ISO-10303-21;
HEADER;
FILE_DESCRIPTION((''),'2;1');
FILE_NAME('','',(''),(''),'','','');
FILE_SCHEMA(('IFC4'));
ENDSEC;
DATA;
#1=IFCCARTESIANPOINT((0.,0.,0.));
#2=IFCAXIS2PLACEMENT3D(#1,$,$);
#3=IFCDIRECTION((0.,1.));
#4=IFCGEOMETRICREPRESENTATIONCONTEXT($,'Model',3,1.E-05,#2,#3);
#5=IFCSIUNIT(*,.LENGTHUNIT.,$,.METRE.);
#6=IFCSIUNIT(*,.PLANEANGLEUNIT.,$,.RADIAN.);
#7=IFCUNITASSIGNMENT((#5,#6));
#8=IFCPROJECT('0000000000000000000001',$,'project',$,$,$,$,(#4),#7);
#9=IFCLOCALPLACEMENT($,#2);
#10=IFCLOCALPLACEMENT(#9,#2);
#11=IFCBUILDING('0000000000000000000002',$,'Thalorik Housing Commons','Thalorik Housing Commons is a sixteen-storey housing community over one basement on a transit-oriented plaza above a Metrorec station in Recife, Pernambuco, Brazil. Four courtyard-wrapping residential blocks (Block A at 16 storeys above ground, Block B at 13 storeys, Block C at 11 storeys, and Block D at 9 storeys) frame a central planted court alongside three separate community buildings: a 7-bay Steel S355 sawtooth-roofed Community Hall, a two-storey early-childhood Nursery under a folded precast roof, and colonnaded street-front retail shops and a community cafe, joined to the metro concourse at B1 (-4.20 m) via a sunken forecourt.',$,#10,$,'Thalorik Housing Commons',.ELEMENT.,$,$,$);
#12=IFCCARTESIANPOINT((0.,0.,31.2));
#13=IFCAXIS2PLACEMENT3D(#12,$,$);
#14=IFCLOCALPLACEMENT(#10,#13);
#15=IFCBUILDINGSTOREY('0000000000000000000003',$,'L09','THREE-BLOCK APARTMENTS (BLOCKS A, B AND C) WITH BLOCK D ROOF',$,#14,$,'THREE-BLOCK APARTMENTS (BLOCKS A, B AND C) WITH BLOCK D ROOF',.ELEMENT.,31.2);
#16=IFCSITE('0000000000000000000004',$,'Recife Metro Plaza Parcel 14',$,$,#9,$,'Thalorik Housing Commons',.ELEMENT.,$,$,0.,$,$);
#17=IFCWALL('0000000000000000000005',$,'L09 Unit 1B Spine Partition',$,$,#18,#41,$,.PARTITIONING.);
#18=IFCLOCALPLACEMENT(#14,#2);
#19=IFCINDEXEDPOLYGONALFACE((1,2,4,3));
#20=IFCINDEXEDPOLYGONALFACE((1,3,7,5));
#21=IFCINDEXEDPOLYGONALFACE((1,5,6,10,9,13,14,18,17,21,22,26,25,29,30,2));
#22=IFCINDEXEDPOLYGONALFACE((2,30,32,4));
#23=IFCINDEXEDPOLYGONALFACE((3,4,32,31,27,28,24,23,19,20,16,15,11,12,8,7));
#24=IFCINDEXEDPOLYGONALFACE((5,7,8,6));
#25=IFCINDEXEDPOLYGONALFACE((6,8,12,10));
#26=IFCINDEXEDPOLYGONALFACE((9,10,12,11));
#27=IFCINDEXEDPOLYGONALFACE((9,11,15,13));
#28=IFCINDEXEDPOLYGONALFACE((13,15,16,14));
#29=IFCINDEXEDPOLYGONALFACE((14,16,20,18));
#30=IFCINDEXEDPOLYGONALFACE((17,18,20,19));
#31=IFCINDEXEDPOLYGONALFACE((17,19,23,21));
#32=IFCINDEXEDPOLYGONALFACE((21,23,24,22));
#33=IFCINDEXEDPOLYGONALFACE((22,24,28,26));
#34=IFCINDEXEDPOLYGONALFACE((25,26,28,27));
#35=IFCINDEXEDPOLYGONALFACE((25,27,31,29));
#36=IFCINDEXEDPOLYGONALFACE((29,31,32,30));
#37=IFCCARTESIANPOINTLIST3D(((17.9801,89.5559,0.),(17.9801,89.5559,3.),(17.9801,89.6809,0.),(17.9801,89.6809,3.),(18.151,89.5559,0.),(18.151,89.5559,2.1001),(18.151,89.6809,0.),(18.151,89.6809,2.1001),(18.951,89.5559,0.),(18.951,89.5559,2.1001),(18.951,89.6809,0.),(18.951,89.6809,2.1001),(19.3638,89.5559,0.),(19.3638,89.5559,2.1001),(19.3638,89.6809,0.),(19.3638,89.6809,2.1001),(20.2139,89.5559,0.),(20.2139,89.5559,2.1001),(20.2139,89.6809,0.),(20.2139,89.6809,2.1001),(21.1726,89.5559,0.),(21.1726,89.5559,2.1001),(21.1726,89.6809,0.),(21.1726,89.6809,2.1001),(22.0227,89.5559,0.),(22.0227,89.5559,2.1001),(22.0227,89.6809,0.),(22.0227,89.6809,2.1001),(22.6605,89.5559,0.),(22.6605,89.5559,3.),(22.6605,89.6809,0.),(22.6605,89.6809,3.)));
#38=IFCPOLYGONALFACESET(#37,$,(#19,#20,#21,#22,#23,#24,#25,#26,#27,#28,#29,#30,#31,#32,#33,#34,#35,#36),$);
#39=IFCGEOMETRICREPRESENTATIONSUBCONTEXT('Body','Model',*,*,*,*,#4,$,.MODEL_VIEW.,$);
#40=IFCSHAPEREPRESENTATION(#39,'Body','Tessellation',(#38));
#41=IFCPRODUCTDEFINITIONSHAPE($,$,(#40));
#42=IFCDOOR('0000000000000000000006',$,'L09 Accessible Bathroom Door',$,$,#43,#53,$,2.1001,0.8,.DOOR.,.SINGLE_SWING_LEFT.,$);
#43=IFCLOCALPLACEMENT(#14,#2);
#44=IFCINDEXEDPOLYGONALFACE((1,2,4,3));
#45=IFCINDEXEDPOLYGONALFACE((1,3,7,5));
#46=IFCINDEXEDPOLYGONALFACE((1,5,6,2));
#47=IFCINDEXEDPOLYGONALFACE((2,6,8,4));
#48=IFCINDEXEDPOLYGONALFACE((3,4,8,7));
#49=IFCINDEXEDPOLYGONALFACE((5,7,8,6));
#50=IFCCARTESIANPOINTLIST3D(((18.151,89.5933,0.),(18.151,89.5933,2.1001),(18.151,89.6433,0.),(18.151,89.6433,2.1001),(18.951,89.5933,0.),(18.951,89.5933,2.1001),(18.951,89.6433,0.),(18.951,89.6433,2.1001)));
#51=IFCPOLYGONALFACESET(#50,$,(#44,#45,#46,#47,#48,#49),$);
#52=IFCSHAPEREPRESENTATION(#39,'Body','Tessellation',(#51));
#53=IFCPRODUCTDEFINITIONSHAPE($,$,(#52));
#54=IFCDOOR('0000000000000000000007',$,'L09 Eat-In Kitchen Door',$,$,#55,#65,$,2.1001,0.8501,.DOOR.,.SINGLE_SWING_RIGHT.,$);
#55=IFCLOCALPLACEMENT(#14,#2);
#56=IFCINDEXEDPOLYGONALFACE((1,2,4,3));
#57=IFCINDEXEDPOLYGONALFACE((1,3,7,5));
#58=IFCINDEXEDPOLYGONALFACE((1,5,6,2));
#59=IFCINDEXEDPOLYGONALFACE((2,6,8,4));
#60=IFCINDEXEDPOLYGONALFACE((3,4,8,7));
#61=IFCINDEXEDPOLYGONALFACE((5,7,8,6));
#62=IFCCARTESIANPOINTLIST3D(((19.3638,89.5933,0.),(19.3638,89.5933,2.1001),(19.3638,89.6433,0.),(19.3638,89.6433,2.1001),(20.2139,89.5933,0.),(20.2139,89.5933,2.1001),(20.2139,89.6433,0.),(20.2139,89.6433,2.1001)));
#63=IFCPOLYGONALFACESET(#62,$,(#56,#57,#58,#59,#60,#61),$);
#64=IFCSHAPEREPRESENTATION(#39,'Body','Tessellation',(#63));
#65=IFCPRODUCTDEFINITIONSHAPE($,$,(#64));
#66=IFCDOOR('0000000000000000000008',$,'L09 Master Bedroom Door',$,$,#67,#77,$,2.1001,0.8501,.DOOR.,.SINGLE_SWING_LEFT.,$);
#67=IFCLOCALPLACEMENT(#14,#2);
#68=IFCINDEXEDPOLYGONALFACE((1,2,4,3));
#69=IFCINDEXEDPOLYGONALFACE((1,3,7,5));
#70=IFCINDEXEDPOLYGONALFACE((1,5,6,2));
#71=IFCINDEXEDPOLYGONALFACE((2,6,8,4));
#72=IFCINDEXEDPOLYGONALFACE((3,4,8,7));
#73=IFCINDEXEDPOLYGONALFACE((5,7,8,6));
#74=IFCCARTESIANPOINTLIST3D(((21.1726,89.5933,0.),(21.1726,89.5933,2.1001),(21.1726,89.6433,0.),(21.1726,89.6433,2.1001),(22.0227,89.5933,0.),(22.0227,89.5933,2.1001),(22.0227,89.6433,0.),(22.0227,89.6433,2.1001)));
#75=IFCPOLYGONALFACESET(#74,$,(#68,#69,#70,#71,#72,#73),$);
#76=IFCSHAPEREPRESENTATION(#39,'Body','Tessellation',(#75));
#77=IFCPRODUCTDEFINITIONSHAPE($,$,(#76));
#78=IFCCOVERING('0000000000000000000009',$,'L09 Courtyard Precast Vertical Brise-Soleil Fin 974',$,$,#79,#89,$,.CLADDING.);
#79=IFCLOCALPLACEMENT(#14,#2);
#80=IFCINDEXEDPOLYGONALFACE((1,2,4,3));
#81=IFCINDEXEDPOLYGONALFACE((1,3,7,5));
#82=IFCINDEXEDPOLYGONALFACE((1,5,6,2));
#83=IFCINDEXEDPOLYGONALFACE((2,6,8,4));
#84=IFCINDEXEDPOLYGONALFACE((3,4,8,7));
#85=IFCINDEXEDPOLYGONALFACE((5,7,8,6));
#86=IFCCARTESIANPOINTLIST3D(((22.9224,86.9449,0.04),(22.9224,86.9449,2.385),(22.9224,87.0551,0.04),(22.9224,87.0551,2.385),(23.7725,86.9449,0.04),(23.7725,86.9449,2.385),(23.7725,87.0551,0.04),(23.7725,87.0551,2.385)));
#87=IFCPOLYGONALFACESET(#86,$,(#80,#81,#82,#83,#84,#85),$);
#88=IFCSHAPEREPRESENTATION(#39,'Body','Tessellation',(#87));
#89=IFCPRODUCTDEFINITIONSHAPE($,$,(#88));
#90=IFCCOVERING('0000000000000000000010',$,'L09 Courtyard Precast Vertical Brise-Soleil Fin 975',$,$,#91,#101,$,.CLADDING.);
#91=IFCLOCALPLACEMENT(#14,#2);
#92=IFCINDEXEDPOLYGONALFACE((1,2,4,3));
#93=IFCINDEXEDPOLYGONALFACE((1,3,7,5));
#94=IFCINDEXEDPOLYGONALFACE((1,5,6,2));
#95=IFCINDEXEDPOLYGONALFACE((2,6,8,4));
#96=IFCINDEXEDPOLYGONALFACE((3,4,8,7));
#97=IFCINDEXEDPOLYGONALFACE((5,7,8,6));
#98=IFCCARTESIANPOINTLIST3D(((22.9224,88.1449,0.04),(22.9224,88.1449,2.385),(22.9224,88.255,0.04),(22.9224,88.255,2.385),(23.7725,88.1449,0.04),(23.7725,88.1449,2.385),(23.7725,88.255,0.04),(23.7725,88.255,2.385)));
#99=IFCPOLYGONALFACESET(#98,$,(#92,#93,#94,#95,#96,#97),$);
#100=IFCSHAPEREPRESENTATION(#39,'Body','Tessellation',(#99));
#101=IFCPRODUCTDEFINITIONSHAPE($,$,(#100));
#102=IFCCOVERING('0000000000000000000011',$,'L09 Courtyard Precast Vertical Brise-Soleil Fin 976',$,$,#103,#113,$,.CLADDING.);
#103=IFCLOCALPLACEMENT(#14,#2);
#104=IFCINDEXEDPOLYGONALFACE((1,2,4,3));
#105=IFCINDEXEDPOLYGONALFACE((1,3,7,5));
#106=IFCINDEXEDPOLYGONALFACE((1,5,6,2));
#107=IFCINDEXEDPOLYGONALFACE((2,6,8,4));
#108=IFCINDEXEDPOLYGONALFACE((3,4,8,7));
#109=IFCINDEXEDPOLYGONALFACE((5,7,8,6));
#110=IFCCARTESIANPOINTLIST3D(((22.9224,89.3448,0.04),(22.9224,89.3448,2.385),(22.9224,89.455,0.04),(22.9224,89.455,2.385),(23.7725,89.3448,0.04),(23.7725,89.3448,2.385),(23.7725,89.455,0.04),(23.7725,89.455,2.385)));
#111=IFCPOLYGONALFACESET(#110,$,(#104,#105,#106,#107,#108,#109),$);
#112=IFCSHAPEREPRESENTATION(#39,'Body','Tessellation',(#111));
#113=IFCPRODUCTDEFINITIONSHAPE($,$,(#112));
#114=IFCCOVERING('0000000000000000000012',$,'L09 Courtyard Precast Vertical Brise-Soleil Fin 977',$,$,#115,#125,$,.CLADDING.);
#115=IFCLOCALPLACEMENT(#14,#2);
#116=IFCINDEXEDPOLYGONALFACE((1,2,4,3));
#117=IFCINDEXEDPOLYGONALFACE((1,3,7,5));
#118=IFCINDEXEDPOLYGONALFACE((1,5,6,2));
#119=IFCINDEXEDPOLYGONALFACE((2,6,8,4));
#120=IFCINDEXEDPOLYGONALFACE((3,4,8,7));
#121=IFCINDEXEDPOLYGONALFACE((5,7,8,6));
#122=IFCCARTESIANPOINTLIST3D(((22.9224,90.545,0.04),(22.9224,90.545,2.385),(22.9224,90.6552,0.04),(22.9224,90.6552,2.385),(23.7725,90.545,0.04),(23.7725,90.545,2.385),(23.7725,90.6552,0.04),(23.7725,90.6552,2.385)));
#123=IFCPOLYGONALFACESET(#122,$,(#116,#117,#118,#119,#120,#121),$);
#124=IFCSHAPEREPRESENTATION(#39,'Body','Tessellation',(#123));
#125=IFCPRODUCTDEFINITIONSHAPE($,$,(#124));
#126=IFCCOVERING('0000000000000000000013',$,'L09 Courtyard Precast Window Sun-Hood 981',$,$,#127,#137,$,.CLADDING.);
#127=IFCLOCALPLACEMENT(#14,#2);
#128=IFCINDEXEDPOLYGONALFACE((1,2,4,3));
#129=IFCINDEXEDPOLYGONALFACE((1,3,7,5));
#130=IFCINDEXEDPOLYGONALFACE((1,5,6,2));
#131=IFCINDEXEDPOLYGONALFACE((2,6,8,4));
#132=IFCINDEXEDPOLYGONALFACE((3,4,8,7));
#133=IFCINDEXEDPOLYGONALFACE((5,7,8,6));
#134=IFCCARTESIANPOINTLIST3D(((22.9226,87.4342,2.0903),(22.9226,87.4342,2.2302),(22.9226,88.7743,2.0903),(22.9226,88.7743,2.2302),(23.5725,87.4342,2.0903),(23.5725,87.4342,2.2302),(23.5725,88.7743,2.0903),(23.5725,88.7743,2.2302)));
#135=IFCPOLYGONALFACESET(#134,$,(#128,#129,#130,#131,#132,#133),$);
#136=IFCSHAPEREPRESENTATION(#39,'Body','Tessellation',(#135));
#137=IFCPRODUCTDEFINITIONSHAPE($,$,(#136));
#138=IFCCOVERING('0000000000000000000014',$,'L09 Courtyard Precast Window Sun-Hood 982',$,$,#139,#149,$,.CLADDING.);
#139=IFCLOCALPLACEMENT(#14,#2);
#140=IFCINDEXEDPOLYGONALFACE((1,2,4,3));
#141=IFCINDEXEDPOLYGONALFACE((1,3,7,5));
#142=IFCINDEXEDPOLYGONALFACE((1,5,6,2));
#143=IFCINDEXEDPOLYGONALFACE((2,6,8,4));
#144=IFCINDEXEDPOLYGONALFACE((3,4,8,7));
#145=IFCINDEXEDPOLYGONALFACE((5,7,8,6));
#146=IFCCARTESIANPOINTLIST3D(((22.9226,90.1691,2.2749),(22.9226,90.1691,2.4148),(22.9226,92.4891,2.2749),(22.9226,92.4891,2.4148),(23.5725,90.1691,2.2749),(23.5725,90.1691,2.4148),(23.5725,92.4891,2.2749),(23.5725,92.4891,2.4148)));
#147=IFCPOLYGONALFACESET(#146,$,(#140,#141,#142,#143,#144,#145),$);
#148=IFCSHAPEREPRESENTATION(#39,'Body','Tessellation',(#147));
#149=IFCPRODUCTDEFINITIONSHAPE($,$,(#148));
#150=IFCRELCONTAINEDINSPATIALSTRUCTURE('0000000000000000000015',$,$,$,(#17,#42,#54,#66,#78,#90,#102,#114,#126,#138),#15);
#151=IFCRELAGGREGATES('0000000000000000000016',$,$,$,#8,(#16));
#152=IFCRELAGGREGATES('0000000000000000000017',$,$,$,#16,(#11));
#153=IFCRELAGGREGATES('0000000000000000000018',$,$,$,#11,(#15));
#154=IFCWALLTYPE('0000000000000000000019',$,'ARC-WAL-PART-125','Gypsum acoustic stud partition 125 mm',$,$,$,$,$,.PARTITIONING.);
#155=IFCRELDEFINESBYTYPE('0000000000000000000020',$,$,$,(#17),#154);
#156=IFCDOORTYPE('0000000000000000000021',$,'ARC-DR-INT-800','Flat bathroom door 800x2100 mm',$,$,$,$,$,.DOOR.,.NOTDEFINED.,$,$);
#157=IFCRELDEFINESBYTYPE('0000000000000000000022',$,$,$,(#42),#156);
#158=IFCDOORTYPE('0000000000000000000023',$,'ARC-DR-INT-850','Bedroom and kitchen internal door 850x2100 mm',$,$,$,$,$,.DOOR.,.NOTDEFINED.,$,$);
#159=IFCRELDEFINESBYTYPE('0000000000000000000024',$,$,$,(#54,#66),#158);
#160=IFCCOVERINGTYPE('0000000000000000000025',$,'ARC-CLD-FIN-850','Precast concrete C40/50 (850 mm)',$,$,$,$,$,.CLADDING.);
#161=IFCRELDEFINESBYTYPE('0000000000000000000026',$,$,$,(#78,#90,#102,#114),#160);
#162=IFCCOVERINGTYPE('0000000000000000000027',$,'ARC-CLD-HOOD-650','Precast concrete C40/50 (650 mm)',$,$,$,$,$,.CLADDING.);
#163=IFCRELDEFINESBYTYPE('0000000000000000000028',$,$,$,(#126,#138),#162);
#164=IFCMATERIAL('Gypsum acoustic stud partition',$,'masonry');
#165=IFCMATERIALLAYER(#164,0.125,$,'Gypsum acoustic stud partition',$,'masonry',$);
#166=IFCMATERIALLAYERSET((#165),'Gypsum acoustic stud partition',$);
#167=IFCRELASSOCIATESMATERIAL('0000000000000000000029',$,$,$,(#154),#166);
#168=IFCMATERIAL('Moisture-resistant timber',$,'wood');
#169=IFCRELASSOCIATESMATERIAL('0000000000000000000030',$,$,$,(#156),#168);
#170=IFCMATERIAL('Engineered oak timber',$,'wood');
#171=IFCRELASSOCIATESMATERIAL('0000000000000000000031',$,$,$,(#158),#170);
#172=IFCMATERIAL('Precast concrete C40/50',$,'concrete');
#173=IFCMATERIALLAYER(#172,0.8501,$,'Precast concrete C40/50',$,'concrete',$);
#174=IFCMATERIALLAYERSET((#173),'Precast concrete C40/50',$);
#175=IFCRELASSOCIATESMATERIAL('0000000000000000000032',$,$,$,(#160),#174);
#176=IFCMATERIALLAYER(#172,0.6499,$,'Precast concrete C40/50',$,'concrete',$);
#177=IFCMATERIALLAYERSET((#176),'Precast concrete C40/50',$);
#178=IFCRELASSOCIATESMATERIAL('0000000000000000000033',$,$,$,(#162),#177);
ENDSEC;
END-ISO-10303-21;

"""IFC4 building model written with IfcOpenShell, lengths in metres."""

from ifc_helpers import new_model, si_unit, direction, frame, frame_2d, origin, origin_2d, place, context, subcontext, project, spatial, rectangle, extrude, material, layer, layer_set, type_object, element, fill, save


model = new_model("IFC4")

# Units and contexts
model_context = context("Model", 3, precision=1e-05, world=origin(), true_north=direction((0.0, 1.0)))
body_context = subcontext(model_context, "Body", "Model", "MODEL_VIEW")
ifc_project = project(units=[si_unit("LENGTHUNIT", "METRE"), si_unit("PLANEANGLEUNIT", "RADIAN")], contexts=[model_context])

# Site, building, storey
site_placement = place(None, origin())
site = spatial("IfcSite", under=ifc_project, at=site_placement, Name="Recife Metro Plaza Parcel 14", LongName="Thalorik Housing Commons", CompositionType="ELEMENT", RefElevation=0.0)
building_placement = place(site_placement, origin())
building = spatial("IfcBuilding", under=site, at=building_placement, Name="Thalorik Housing Commons", Description="Thalorik Housing Commons is a sixteen-storey housing community over one basement on a transit-oriented plaza above a Metrorec station in Recife, Pernambuco, Brazil. Four courtyard-wrapping residential blocks (Block A at 16 storeys above ground, Block B at 13 storeys, Block C at 11 storeys, and Block D at 9 storeys) frame a central planted court alongside three separate community buildings: a 7-bay Steel S355 sawtooth-roofed Community Hall, a two-storey early-childhood Nursery under a folded precast roof, and colonnaded street-front retail shops and a community cafe, joined to the metro concourse at B1 (-4.20 m) via a sunken forecourt.", LongName="Thalorik Housing Commons", CompositionType="ELEMENT")
storey_placement = place(building_placement, frame((0.0, 0.0, 31.2)))
storey = spatial("IfcBuildingStorey", under=building, at=storey_placement, Name="L09", Description="THREE-BLOCK APARTMENTS (BLOCKS A, B AND C) WITH BLOCK D ROOF", LongName="THREE-BLOCK APARTMENTS (BLOCKS A, B AND C) WITH BLOCK D ROOF", CompositionType="ELEMENT", Elevation=31.2)

# Shared definitions
ifc_material_1 = material(Name="Precast concrete C40/50", Category="concrete")

# Wall, openings, doors
ifc_material_2 = material(Name="Gypsum acoustic stud partition", Category="masonry")
ifc_layer_1 = layer(ifc_material_2, 0.125, Name="Gypsum acoustic stud partition", Category="masonry")
ifc_layer_set_1 = layer_set([ifc_layer_1], Name="Gypsum acoustic stud partition")
wall_type_1 = type_object("IfcWallType", Name="ARC-WAL-PART-125", Description="Gypsum acoustic stud partition 125 mm", PredefinedType="PARTITIONING", material=ifc_layer_set_1)
wall_1_placement = place(storey_placement, frame((17.98, 89.6184, 0.0), z_axis=(0.0, 0.0, 1.0), x_axis=(1.0, 0.0, 0.0)))
wall_1 = element("IfcWall", 1, at=wall_1_placement, inside=storey, type_object=wall_type_1, Name="L09 Unit 1B Spine Partition", PredefinedType="PARTITIONING", context=body_context, shape_type="SweptSolid", body=[
    extrude(rectangle(XDim=4.6804, YDim=0.125, at=frame_2d((2.3403, 0.0))), origin(), (0.0, 0.0, 1.0), 3.0),
])
opening_1_placement = place(wall_1_placement, frame((0.1711, 0.0, 0.0)))
opening_1 = element("IfcOpeningElement", 2, at=opening_1_placement, cuts=wall_1, PredefinedType="OPENING", context=body_context, shape_type="SweptSolid", body=[
    extrude(rectangle(XDim=0.8, YDim=2.1001, at=frame_2d((0.3999, 1.05))), frame((0.0, 0.0725, 0.0), z_axis=(0.0, -1.0, 0.0), x_axis=(1.0, 0.0, 0.0)), (0.0, 0.0, 1.0), 0.145),
])
opening_2_placement = place(wall_1_placement, frame((1.3838, 0.0, 0.0)))
opening_2 = element("IfcOpeningElement", 3, at=opening_2_placement, cuts=wall_1, PredefinedType="OPENING", context=body_context, shape_type="SweptSolid", body=[
    extrude(rectangle(XDim=0.8501, YDim=2.1001, at=frame_2d((0.425, 1.05))), frame((0.0, 0.0725, 0.0), z_axis=(0.0, -1.0, 0.0), x_axis=(1.0, 0.0, 0.0)), (0.0, 0.0, 1.0), 0.145),
])
opening_3_placement = place(wall_1_placement, frame((3.1926, 0.0, 0.0)))
opening_3 = element("IfcOpeningElement", 4, at=opening_3_placement, cuts=wall_1, PredefinedType="OPENING", context=body_context, shape_type="SweptSolid", body=[
    extrude(rectangle(XDim=0.8501, YDim=2.1001, at=frame_2d((0.425, 1.05))), frame((0.0, 0.0725, 0.0), z_axis=(0.0, -1.0, 0.0), x_axis=(1.0, 0.0, 0.0)), (0.0, 0.0, 1.0), 0.145),
])
ifc_material_3 = material(Name="Moisture-resistant timber", Category="wood")
door_type_1 = type_object("IfcDoorType", Name="ARC-DR-INT-800", Description="Flat bathroom door 800x2100 mm", OperationType="NOTDEFINED", PredefinedType="DOOR", material=ifc_material_3)
door_1_placement = place(opening_1_placement, origin())
door_1 = element("IfcDoor", 5, at=door_1_placement, inside=storey, type_object=door_type_1, Name="L09 Accessible Bathroom Door", OperationType="SINGLE_SWING_LEFT", OverallHeight=2.1001, OverallWidth=0.8, PredefinedType="DOOR", context=body_context, shape_type="SweptSolid", body=[
    extrude(rectangle(XDim=0.8, YDim=2.1001, at=frame_2d((0.3999, 1.05))), frame((0.0, 0.0249, 0.0), z_axis=(0.0, -1.0, 0.0), x_axis=(1.0, 0.0, 0.0)), (0.0, 0.0, 1.0), 0.05),
])
fill(opening_1, door_1)
ifc_material_4 = material(Name="Engineered oak timber", Category="wood")
door_type_2 = type_object("IfcDoorType", Name="ARC-DR-INT-850", Description="Bedroom and kitchen internal door 850x2100 mm", OperationType="NOTDEFINED", PredefinedType="DOOR", material=ifc_material_4)
door_2_placement = place(opening_2_placement, origin())
door_2 = element("IfcDoor", 6, at=door_2_placement, inside=storey, type_object=door_type_2, Name="L09 Eat-In Kitchen Door", OperationType="SINGLE_SWING_RIGHT", OverallHeight=2.1001, OverallWidth=0.8501, PredefinedType="DOOR", context=body_context, shape_type="SweptSolid", body=[
    extrude(rectangle(XDim=0.8501, YDim=2.1001, at=frame_2d((0.425, 1.05))), frame((0.0, 0.0249, 0.0), z_axis=(0.0, -1.0, 0.0), x_axis=(1.0, 0.0, 0.0)), (0.0, 0.0, 1.0), 0.05),
])
fill(opening_2, door_2)
door_3_placement = place(opening_3_placement, origin())
door_3 = element("IfcDoor", 7, at=door_3_placement, inside=storey, type_object=door_type_2, Name="L09 Master Bedroom Door", OperationType="SINGLE_SWING_LEFT", OverallHeight=2.1001, OverallWidth=0.8501, PredefinedType="DOOR", context=body_context, shape_type="SweptSolid", body=[
    extrude(rectangle(XDim=0.8501, YDim=2.1001, at=frame_2d((0.425, 1.05))), frame((0.0, 0.0249, 0.0), z_axis=(0.0, -1.0, 0.0), x_axis=(1.0, 0.0, 0.0)), (0.0, 0.0, 1.0), 0.05),
])
fill(opening_3, door_3)

# Coverings
ifc_layer_2 = layer(ifc_material_1, 0.8501, Name="Precast concrete C40/50", Category="concrete")
ifc_layer_set_2 = layer_set([ifc_layer_2], Name="Precast concrete C40/50")
covering_type_1 = type_object("IfcCoveringType", Name="ARC-CLD-FIN-850", Description="Precast concrete C40/50 (850 mm)", PredefinedType="CLADDING", material=ifc_layer_set_2)
for number, where, z_axis, x_axis, name in (
    (8, (23.3474, 87.0, 0.04), (0.0, 0.0, 1.0), (0.0, 1.0, 0.0), "L09 Courtyard Precast Vertical Brise-Soleil Fin 974"),
    (9, (23.3474, 88.2, 0.04), (0.0, 0.0, 1.0), (0.0, 1.0, 0.0), "L09 Courtyard Precast Vertical Brise-Soleil Fin 975"),
    (10, (23.3474, 89.3999, 0.04), (0.0, 0.0, 1.0), (0.0, 1.0, 0.0), "L09 Courtyard Precast Vertical Brise-Soleil Fin 976"),
    (11, (23.3474, 90.6001, 0.04), (0.0, 0.0, 1.0), (0.0, 1.0, 0.0), "L09 Courtyard Precast Vertical Brise-Soleil Fin 977"),
):
    element("IfcCovering", number, at=place(storey_placement, frame(where, z_axis=z_axis, x_axis=x_axis)), inside=storey, type_object=covering_type_1, Name=name, PredefinedType="CLADDING", context=body_context, shape_type="SweptSolid", body=[
        extrude(rectangle(XDim=0.1101, YDim=0.8501, at=origin_2d()), origin(), (0.0, 0.0, 1.0), 2.345),
    ])
ifc_layer_3 = layer(ifc_material_1, 0.6499, Name="Precast concrete C40/50", Category="concrete")
ifc_layer_set_3 = layer_set([ifc_layer_3], Name="Precast concrete C40/50")
covering_type_2 = type_object("IfcCoveringType", Name="ARC-CLD-HOOD-650", Description="Precast concrete C40/50 (650 mm)", PredefinedType="CLADDING", material=ifc_layer_set_3)
covering_1_placement = place(storey_placement, frame((23.2476, 88.1042, 2.0903), z_axis=(0.0, 0.0, 1.0), x_axis=(0.0, 1.0, 0.0)))
element("IfcCovering", 12, at=covering_1_placement, inside=storey, type_object=covering_type_2, Name="L09 Courtyard Precast Window Sun-Hood 981", PredefinedType="CLADDING", context=body_context, shape_type="SweptSolid", body=[
    extrude(rectangle(XDim=1.3401, YDim=0.6499, at=origin_2d()), origin(), (0.0, 0.0, 1.0), 0.1399),
])
covering_2_placement = place(storey_placement, frame((23.2476, 91.3291, 2.2749), z_axis=(0.0, 0.0, 1.0), x_axis=(0.0, 1.0, 0.0)))
element("IfcCovering", 13, at=covering_2_placement, inside=storey, type_object=covering_type_2, Name="L09 Courtyard Precast Window Sun-Hood 982", PredefinedType="CLADDING", context=body_context, shape_type="SweptSolid", body=[
    extrude(rectangle(XDim=2.3201, YDim=0.6499, at=origin_2d()), origin(), (0.0, 0.0, 1.0), 0.1399),
])

save(model, "model.ifc")
